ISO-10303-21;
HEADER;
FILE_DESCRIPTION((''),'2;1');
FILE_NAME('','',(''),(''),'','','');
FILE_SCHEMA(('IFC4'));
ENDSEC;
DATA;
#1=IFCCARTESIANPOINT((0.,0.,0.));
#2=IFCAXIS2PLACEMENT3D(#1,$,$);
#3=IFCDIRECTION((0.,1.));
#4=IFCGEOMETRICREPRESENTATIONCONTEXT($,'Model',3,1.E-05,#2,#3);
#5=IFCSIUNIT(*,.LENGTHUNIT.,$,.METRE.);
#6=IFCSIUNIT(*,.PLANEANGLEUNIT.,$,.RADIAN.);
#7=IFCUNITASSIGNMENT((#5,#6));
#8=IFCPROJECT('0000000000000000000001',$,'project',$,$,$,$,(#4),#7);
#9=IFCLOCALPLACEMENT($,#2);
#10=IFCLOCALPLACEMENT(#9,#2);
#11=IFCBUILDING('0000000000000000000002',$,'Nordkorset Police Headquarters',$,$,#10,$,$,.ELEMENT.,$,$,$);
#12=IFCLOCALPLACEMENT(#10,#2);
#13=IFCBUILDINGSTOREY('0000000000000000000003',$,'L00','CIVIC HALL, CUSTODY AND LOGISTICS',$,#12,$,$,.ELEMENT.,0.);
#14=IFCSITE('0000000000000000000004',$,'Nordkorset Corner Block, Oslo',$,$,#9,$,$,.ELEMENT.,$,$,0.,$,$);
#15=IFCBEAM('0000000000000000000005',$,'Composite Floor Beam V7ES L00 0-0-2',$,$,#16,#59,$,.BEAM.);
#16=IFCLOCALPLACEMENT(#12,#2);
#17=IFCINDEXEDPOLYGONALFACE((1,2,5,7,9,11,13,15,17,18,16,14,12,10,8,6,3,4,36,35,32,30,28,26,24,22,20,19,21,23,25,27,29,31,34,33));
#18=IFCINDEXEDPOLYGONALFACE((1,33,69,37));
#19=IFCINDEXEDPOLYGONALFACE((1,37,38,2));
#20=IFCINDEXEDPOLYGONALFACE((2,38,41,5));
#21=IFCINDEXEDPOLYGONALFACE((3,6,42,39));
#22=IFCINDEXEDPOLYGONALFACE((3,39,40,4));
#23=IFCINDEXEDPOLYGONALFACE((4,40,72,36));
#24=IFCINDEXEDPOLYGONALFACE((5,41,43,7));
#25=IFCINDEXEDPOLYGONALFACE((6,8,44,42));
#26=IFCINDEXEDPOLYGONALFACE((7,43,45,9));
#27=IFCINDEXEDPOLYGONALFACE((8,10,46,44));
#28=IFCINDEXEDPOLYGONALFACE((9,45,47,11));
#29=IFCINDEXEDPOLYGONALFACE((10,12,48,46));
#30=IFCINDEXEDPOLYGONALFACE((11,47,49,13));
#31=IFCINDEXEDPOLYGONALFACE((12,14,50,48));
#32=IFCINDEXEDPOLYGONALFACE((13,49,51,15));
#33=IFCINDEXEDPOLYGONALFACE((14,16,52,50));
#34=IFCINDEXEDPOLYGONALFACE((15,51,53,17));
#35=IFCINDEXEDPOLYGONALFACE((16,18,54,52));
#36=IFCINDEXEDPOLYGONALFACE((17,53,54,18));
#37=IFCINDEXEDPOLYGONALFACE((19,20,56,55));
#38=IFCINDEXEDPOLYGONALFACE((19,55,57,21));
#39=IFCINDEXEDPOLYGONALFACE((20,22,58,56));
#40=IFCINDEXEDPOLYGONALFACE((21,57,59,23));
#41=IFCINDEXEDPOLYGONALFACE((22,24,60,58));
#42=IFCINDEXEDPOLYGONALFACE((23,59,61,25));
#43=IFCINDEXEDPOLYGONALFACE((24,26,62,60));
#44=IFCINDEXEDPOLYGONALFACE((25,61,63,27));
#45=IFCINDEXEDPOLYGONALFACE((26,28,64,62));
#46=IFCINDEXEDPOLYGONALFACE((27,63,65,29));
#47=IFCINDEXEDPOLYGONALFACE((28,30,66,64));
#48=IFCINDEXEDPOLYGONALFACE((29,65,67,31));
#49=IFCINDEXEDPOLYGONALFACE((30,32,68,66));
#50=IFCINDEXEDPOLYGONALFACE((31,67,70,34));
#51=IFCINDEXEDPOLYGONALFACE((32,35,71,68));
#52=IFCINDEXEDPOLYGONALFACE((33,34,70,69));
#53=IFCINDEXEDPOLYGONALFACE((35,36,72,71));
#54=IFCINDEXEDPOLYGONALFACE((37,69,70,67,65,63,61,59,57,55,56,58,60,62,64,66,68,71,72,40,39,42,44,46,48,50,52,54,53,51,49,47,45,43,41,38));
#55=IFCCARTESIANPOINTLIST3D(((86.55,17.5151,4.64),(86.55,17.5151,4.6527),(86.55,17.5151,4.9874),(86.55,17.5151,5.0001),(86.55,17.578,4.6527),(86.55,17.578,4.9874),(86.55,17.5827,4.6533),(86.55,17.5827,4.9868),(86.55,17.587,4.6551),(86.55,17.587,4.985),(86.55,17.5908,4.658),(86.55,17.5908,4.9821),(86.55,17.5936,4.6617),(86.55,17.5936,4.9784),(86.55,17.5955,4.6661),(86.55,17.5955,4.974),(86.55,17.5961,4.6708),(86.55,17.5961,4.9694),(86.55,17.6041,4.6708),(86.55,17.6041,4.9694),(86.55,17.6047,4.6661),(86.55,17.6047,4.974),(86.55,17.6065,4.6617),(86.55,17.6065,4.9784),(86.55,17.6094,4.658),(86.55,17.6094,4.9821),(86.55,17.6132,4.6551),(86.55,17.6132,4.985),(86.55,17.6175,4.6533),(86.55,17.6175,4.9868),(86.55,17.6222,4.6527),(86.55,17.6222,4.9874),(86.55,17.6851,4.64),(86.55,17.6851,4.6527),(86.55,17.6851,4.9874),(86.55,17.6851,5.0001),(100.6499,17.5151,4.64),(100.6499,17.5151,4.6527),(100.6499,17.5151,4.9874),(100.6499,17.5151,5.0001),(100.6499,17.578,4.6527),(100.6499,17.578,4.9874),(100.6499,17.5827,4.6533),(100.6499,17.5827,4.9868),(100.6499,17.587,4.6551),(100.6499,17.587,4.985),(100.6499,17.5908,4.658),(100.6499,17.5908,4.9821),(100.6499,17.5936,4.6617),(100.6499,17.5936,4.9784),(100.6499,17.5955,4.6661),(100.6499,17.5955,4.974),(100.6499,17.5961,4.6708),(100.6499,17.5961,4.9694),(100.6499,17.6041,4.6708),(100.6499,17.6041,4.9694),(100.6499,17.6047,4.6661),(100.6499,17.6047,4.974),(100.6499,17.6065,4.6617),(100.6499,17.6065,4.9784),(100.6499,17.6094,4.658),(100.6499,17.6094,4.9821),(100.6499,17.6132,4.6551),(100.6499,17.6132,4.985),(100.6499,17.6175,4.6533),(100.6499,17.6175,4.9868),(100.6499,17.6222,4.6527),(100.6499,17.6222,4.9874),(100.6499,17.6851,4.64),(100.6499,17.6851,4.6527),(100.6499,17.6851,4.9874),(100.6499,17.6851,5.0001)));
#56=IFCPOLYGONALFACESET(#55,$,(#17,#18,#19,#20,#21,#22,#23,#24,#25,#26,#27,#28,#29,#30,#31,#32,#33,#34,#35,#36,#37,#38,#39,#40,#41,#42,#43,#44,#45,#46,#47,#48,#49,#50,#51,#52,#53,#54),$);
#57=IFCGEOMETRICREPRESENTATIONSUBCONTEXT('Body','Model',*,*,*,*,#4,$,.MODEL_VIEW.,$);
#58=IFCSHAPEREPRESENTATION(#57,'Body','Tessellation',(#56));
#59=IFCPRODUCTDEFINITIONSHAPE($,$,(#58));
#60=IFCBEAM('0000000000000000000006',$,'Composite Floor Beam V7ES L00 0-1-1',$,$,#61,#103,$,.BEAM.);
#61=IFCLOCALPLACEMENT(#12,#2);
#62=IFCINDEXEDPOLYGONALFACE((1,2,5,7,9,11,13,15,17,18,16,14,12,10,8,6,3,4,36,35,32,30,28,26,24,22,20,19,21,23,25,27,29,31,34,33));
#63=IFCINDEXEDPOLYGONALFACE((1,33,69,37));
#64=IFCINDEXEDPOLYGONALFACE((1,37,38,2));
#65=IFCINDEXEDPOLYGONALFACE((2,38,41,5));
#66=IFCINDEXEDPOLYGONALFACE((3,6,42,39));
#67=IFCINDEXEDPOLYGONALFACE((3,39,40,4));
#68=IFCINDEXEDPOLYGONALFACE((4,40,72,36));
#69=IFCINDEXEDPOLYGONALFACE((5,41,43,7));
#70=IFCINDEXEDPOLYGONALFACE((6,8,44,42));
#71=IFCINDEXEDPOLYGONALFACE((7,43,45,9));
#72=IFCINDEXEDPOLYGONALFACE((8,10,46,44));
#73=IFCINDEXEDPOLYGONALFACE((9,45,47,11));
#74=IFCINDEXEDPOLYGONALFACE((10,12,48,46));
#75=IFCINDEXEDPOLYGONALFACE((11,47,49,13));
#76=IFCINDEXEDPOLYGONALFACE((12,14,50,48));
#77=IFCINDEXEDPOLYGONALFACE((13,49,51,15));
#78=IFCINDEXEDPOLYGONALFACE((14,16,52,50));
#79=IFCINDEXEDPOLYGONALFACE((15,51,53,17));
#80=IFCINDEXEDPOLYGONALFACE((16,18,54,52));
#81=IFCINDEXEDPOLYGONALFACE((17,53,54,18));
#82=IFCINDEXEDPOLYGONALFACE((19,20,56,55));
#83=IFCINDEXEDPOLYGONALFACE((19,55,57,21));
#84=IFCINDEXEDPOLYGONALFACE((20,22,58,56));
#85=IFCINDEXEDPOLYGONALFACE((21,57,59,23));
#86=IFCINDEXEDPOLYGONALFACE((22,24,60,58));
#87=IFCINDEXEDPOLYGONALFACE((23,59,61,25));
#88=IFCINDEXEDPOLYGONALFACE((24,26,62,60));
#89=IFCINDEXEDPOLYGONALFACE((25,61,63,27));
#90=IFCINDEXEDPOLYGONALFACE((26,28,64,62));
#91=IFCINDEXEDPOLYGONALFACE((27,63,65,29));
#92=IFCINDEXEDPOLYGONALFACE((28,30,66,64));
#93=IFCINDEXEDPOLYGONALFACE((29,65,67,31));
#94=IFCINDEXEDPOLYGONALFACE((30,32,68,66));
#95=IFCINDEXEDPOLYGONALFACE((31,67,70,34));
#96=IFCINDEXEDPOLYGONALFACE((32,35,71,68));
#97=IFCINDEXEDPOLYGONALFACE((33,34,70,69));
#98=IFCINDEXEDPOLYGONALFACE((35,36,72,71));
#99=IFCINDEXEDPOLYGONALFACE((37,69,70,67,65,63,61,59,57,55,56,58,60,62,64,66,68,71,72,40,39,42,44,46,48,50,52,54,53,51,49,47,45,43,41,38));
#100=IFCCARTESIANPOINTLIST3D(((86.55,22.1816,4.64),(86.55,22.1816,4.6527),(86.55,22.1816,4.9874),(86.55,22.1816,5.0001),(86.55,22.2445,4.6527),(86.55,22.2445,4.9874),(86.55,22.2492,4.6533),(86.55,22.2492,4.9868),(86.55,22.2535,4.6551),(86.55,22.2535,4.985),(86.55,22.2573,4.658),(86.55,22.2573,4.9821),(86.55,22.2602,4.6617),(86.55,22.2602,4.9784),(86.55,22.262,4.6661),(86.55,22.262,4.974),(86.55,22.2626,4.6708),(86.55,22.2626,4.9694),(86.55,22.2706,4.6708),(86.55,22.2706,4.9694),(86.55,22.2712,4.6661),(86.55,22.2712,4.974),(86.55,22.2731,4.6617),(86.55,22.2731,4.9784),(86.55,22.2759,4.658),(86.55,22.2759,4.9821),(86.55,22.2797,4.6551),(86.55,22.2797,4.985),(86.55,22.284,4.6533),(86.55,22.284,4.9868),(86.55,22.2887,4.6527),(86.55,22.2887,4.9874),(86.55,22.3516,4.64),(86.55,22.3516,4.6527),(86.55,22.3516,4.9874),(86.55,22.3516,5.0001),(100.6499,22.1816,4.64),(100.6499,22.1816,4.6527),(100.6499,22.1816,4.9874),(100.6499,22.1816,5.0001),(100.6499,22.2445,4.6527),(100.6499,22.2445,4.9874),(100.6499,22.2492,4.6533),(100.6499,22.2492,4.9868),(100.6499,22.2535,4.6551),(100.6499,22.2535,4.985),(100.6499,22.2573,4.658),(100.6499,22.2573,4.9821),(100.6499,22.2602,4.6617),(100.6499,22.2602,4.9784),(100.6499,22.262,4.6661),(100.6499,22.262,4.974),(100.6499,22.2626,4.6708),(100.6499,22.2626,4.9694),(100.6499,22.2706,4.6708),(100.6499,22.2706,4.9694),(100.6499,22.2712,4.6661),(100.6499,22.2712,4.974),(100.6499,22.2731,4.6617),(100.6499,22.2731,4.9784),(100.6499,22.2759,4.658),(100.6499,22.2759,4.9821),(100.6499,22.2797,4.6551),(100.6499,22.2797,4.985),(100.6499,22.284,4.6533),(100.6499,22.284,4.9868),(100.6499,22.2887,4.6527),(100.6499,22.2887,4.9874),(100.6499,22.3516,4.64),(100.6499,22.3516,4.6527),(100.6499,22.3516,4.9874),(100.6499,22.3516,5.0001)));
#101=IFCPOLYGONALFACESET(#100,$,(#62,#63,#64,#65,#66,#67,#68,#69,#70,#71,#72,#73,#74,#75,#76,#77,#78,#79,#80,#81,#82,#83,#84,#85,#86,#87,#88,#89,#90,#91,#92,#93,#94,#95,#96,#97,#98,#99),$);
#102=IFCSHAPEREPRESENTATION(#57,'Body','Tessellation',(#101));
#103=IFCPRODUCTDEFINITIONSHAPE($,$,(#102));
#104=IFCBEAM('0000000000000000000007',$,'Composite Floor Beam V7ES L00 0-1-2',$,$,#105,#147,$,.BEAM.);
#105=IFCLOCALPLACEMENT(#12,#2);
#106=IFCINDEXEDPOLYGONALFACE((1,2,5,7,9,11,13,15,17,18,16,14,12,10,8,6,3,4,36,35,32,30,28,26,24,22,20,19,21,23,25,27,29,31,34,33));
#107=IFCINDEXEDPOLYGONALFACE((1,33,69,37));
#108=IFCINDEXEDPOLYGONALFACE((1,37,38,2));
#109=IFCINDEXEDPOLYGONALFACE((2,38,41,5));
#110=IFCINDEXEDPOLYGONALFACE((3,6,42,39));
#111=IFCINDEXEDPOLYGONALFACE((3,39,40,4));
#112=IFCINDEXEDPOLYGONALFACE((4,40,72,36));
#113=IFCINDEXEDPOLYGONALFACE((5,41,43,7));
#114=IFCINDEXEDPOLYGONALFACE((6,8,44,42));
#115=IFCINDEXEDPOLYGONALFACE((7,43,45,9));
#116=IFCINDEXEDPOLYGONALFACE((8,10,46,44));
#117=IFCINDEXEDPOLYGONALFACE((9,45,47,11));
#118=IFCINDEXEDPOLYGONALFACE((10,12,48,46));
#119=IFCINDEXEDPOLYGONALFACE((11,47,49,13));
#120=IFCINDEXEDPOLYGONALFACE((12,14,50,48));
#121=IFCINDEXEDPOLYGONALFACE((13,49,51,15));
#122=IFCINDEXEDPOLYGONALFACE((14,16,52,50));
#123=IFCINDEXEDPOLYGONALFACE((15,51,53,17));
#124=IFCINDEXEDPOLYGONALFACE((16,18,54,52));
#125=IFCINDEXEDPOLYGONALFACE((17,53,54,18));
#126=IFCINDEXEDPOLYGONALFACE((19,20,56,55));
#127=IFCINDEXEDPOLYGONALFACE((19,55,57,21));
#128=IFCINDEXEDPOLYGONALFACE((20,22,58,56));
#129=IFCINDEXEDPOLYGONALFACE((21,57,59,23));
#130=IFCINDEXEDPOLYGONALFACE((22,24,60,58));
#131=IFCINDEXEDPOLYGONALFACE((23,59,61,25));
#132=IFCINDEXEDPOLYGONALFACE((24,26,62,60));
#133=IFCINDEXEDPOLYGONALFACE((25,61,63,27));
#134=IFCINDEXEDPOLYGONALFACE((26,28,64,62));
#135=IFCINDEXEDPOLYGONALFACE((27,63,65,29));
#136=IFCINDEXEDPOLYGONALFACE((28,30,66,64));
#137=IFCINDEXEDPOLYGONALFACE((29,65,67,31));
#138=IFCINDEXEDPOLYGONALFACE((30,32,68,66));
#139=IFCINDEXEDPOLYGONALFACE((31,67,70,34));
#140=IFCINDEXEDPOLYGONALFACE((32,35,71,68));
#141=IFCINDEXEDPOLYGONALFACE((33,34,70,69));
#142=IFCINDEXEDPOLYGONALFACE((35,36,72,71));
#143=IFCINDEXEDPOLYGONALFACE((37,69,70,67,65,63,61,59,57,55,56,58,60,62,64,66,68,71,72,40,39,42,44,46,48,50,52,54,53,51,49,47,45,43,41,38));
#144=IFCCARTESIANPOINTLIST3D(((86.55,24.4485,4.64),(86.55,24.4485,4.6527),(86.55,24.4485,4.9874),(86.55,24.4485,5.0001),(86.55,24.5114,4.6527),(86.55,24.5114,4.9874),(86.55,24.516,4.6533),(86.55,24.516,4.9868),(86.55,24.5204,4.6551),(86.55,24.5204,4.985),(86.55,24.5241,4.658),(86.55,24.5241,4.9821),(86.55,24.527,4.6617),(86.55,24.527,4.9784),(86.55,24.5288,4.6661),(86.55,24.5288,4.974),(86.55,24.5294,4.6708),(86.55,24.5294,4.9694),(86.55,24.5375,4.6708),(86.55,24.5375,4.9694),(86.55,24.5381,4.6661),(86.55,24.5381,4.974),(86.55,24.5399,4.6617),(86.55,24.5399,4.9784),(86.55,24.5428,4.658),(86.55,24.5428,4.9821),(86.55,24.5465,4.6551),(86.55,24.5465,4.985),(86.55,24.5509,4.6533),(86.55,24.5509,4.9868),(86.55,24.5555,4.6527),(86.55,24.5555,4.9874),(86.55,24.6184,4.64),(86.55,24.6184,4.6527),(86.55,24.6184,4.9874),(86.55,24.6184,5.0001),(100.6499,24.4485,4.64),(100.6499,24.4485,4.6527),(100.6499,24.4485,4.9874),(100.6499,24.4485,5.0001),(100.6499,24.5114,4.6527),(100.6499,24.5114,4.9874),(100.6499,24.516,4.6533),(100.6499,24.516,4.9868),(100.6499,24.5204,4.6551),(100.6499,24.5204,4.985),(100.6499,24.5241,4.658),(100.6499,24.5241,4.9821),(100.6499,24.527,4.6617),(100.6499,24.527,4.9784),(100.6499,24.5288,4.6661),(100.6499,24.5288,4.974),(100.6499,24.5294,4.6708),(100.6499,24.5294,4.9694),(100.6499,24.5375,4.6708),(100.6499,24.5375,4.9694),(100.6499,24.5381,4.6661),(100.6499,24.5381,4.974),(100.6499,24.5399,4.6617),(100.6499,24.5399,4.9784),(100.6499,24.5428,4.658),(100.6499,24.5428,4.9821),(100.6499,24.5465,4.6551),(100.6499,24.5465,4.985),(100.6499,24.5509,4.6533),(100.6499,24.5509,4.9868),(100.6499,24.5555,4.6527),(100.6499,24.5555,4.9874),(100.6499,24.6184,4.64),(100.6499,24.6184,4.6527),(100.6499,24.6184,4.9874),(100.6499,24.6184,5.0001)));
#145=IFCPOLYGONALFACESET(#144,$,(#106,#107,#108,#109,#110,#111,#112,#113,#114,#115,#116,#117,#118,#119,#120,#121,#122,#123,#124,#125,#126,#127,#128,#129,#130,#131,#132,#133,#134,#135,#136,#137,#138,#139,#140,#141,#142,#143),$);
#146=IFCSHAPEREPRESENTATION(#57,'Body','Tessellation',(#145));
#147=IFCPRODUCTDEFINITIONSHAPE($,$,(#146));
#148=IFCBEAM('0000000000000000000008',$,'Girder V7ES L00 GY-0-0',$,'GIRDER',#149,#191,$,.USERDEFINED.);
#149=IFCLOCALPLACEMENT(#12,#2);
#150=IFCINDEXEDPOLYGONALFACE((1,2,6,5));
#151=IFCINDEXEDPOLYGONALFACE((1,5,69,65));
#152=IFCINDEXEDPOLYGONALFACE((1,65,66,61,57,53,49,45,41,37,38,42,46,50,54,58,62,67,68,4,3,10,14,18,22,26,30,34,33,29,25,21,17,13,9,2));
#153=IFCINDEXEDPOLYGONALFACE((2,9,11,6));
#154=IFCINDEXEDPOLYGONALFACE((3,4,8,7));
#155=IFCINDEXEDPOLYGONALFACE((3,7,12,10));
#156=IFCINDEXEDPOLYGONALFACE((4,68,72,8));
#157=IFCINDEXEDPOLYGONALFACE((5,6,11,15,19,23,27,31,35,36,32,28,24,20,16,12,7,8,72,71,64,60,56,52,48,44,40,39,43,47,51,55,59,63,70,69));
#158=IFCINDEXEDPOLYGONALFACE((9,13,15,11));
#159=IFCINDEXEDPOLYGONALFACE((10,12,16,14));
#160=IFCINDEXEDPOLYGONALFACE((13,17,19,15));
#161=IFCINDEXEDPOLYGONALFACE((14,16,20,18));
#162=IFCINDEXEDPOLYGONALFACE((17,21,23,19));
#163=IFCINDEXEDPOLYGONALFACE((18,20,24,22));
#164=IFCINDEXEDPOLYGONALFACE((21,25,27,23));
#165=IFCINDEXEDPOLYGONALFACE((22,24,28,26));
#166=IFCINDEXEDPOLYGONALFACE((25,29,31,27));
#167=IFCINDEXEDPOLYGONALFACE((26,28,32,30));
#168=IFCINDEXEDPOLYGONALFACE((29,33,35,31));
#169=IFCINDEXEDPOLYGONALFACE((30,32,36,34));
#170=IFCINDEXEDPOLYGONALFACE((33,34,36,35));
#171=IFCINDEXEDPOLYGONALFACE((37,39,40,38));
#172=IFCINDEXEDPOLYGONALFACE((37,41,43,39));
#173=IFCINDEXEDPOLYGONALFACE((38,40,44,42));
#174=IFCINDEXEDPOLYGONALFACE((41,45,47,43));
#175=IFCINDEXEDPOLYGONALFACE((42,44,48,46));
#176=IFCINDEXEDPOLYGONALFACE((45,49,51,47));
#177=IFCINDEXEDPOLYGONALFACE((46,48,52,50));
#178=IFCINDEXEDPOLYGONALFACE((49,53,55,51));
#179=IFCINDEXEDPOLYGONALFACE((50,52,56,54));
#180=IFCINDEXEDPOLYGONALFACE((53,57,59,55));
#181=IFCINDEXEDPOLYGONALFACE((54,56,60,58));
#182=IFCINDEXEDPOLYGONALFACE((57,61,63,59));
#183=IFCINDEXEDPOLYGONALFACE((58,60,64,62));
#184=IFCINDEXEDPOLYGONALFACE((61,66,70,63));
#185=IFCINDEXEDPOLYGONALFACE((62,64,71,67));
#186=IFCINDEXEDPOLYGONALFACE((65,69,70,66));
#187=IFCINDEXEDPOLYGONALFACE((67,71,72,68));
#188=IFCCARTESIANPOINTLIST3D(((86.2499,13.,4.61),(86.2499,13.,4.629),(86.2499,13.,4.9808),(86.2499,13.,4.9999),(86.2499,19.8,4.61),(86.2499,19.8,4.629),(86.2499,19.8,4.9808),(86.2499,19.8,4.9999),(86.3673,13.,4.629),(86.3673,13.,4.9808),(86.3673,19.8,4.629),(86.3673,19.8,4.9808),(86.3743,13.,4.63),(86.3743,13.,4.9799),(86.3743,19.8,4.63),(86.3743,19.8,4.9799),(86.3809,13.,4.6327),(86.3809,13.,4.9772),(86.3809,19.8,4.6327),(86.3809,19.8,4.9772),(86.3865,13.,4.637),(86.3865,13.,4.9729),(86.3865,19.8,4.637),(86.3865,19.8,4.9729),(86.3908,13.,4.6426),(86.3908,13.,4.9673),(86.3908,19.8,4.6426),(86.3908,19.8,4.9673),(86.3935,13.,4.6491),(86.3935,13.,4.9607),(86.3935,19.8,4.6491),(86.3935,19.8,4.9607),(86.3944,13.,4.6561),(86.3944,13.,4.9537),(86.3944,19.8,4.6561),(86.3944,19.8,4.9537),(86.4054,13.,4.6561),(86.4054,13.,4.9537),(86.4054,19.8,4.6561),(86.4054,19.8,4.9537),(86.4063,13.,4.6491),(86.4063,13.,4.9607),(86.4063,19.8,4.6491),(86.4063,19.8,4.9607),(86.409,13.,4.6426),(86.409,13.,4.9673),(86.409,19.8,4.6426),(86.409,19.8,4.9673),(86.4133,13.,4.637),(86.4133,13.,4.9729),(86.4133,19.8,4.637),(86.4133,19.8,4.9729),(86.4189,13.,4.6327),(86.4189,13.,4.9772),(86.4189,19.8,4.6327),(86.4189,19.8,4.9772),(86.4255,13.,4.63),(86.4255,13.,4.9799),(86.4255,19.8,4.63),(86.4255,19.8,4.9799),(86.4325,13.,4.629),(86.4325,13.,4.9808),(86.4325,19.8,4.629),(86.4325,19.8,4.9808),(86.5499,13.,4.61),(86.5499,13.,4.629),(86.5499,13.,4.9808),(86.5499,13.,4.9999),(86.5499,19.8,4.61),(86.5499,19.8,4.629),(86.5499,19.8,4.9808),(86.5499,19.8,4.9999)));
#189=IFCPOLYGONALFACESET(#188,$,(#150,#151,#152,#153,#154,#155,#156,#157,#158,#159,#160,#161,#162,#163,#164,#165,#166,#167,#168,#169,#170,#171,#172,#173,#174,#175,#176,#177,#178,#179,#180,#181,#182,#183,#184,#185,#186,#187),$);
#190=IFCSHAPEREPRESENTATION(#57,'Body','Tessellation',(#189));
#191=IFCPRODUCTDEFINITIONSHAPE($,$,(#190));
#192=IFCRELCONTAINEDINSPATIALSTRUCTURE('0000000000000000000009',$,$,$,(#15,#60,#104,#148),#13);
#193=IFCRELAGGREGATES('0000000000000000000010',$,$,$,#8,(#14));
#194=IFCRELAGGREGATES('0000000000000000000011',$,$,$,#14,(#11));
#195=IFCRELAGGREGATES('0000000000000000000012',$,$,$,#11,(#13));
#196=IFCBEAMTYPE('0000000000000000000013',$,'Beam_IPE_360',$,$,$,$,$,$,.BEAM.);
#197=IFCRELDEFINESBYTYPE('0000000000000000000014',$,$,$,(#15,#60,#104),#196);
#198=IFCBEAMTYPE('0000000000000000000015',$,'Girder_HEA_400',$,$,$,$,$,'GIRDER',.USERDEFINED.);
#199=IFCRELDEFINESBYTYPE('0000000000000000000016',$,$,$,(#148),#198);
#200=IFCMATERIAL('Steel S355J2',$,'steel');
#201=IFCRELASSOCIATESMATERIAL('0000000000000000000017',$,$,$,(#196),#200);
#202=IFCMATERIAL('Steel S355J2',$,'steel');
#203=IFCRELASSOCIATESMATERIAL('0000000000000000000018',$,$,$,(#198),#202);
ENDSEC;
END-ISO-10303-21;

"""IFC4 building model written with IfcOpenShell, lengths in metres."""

from ifc_helpers import new_model, si_unit, direction, frame, origin, origin_2d, place, context, subcontext, project, spatial, i_section, extrude, material, material_profile, profile_set, type_object, element, save


model = new_model("IFC4")

# Units and contexts
model_context = context("Model", 3, precision=1e-05, world=origin(), true_north=direction((0.0, 1.0)))
body_context = subcontext(model_context, "Body", "Model", "MODEL_VIEW")
ifc_project = project(units=[si_unit("LENGTHUNIT", "METRE"), si_unit("PLANEANGLEUNIT", "RADIAN")], contexts=[model_context])

# Site, building, storey
site_placement = place(None, origin())
site = spatial("IfcSite", under=ifc_project, at=site_placement, Name="Nordkorset Corner Block, Oslo", CompositionType="ELEMENT", RefElevation=0.0)
building_placement = place(site_placement, origin())
building = spatial("IfcBuilding", under=site, at=building_placement, Name="Nordkorset Police Headquarters", CompositionType="ELEMENT")
storey_placement = place(building_placement, origin())
storey = spatial("IfcBuildingStorey", under=building, at=storey_placement, Name="L00", Description="CIVIC HALL, CUSTODY AND LOGISTICS", CompositionType="ELEMENT", Elevation=0.0)

# Beams
ifc_material_1 = material(Name="Steel S355J2", Category="steel")
ifc_material_profile_1 = material_profile(ifc_material_1, i_section(OverallWidth=0.1699, OverallDepth=0.3601, WebThickness=0.0081, FlangeThickness=0.0127, FilletRadius=0.0181, at=origin_2d()), Name="IPE 360")
ifc_profile_set_1 = profile_set([ifc_material_profile_1], Name="Steel S355J2")
beam_type_1 = type_object("IfcBeamType", Name="Beam_IPE_360", PredefinedType="BEAM", material=ifc_profile_set_1)
for number, where, z_axis, x_axis, name in (
    (1, (86.55, 17.6001, 4.8201), (1.0, 0.0, 0.0), (0.0, 1.0, 0.0), "Composite Floor Beam V7ES L00 0-0-2"),
    (2, (86.55, 22.2666, 4.8201), (1.0, 0.0, 0.0), (0.0, 1.0, 0.0), "Composite Floor Beam V7ES L00 0-1-1"),
    (3, (86.55, 24.5334, 4.8201), (1.0, 0.0, 0.0), (0.0, 1.0, 0.0), "Composite Floor Beam V7ES L00 0-1-2"),
):
    element("IfcBeam", number, at=place(storey_placement, frame(where, z_axis=z_axis, x_axis=x_axis)), inside=storey, type_object=beam_type_1, Name=name, PredefinedType="BEAM", context=body_context, shape_type="SweptSolid", body=[
        extrude(i_section(OverallWidth=0.1699, OverallDepth=0.3601, WebThickness=0.0081, FlangeThickness=0.0127, FilletRadius=0.0181, at=origin_2d()), origin(), (0.0, 0.0, 1.0), 14.0999),
    ])
ifc_material_2 = material(Name="Steel S355J2", Category="steel")
ifc_material_profile_2 = material_profile(ifc_material_2, i_section(OverallWidth=0.3, OverallDepth=0.3899, WebThickness=0.011, FlangeThickness=0.019, FilletRadius=0.0271, at=origin_2d()), Name="HEA 400")
ifc_profile_set_2 = profile_set([ifc_material_profile_2], Name="Steel S355J2")
beam_type_2 = type_object("IfcBeamType", Name="Girder_HEA_400", ElementType="GIRDER", PredefinedType="USERDEFINED", material=ifc_profile_set_2)
beam_1_placement = place(storey_placement, frame((86.3999, 13.0, 4.8049), z_axis=(0.0, 1.0, 0.0), x_axis=(-1.0, 0.0, 0.0)))
element("IfcBeam", 4, at=beam_1_placement, inside=storey, type_object=beam_type_2, Name="Girder V7ES L00 GY-0-0", ObjectType="GIRDER", PredefinedType="USERDEFINED", context=body_context, shape_type="SweptSolid", body=[
    extrude(i_section(OverallWidth=0.3, OverallDepth=0.3899, WebThickness=0.011, FlangeThickness=0.019, FilletRadius=0.0271, at=origin_2d()), origin(), (0.0, 0.0, 1.0), 6.8),
])

save(model, "model.ifc")
